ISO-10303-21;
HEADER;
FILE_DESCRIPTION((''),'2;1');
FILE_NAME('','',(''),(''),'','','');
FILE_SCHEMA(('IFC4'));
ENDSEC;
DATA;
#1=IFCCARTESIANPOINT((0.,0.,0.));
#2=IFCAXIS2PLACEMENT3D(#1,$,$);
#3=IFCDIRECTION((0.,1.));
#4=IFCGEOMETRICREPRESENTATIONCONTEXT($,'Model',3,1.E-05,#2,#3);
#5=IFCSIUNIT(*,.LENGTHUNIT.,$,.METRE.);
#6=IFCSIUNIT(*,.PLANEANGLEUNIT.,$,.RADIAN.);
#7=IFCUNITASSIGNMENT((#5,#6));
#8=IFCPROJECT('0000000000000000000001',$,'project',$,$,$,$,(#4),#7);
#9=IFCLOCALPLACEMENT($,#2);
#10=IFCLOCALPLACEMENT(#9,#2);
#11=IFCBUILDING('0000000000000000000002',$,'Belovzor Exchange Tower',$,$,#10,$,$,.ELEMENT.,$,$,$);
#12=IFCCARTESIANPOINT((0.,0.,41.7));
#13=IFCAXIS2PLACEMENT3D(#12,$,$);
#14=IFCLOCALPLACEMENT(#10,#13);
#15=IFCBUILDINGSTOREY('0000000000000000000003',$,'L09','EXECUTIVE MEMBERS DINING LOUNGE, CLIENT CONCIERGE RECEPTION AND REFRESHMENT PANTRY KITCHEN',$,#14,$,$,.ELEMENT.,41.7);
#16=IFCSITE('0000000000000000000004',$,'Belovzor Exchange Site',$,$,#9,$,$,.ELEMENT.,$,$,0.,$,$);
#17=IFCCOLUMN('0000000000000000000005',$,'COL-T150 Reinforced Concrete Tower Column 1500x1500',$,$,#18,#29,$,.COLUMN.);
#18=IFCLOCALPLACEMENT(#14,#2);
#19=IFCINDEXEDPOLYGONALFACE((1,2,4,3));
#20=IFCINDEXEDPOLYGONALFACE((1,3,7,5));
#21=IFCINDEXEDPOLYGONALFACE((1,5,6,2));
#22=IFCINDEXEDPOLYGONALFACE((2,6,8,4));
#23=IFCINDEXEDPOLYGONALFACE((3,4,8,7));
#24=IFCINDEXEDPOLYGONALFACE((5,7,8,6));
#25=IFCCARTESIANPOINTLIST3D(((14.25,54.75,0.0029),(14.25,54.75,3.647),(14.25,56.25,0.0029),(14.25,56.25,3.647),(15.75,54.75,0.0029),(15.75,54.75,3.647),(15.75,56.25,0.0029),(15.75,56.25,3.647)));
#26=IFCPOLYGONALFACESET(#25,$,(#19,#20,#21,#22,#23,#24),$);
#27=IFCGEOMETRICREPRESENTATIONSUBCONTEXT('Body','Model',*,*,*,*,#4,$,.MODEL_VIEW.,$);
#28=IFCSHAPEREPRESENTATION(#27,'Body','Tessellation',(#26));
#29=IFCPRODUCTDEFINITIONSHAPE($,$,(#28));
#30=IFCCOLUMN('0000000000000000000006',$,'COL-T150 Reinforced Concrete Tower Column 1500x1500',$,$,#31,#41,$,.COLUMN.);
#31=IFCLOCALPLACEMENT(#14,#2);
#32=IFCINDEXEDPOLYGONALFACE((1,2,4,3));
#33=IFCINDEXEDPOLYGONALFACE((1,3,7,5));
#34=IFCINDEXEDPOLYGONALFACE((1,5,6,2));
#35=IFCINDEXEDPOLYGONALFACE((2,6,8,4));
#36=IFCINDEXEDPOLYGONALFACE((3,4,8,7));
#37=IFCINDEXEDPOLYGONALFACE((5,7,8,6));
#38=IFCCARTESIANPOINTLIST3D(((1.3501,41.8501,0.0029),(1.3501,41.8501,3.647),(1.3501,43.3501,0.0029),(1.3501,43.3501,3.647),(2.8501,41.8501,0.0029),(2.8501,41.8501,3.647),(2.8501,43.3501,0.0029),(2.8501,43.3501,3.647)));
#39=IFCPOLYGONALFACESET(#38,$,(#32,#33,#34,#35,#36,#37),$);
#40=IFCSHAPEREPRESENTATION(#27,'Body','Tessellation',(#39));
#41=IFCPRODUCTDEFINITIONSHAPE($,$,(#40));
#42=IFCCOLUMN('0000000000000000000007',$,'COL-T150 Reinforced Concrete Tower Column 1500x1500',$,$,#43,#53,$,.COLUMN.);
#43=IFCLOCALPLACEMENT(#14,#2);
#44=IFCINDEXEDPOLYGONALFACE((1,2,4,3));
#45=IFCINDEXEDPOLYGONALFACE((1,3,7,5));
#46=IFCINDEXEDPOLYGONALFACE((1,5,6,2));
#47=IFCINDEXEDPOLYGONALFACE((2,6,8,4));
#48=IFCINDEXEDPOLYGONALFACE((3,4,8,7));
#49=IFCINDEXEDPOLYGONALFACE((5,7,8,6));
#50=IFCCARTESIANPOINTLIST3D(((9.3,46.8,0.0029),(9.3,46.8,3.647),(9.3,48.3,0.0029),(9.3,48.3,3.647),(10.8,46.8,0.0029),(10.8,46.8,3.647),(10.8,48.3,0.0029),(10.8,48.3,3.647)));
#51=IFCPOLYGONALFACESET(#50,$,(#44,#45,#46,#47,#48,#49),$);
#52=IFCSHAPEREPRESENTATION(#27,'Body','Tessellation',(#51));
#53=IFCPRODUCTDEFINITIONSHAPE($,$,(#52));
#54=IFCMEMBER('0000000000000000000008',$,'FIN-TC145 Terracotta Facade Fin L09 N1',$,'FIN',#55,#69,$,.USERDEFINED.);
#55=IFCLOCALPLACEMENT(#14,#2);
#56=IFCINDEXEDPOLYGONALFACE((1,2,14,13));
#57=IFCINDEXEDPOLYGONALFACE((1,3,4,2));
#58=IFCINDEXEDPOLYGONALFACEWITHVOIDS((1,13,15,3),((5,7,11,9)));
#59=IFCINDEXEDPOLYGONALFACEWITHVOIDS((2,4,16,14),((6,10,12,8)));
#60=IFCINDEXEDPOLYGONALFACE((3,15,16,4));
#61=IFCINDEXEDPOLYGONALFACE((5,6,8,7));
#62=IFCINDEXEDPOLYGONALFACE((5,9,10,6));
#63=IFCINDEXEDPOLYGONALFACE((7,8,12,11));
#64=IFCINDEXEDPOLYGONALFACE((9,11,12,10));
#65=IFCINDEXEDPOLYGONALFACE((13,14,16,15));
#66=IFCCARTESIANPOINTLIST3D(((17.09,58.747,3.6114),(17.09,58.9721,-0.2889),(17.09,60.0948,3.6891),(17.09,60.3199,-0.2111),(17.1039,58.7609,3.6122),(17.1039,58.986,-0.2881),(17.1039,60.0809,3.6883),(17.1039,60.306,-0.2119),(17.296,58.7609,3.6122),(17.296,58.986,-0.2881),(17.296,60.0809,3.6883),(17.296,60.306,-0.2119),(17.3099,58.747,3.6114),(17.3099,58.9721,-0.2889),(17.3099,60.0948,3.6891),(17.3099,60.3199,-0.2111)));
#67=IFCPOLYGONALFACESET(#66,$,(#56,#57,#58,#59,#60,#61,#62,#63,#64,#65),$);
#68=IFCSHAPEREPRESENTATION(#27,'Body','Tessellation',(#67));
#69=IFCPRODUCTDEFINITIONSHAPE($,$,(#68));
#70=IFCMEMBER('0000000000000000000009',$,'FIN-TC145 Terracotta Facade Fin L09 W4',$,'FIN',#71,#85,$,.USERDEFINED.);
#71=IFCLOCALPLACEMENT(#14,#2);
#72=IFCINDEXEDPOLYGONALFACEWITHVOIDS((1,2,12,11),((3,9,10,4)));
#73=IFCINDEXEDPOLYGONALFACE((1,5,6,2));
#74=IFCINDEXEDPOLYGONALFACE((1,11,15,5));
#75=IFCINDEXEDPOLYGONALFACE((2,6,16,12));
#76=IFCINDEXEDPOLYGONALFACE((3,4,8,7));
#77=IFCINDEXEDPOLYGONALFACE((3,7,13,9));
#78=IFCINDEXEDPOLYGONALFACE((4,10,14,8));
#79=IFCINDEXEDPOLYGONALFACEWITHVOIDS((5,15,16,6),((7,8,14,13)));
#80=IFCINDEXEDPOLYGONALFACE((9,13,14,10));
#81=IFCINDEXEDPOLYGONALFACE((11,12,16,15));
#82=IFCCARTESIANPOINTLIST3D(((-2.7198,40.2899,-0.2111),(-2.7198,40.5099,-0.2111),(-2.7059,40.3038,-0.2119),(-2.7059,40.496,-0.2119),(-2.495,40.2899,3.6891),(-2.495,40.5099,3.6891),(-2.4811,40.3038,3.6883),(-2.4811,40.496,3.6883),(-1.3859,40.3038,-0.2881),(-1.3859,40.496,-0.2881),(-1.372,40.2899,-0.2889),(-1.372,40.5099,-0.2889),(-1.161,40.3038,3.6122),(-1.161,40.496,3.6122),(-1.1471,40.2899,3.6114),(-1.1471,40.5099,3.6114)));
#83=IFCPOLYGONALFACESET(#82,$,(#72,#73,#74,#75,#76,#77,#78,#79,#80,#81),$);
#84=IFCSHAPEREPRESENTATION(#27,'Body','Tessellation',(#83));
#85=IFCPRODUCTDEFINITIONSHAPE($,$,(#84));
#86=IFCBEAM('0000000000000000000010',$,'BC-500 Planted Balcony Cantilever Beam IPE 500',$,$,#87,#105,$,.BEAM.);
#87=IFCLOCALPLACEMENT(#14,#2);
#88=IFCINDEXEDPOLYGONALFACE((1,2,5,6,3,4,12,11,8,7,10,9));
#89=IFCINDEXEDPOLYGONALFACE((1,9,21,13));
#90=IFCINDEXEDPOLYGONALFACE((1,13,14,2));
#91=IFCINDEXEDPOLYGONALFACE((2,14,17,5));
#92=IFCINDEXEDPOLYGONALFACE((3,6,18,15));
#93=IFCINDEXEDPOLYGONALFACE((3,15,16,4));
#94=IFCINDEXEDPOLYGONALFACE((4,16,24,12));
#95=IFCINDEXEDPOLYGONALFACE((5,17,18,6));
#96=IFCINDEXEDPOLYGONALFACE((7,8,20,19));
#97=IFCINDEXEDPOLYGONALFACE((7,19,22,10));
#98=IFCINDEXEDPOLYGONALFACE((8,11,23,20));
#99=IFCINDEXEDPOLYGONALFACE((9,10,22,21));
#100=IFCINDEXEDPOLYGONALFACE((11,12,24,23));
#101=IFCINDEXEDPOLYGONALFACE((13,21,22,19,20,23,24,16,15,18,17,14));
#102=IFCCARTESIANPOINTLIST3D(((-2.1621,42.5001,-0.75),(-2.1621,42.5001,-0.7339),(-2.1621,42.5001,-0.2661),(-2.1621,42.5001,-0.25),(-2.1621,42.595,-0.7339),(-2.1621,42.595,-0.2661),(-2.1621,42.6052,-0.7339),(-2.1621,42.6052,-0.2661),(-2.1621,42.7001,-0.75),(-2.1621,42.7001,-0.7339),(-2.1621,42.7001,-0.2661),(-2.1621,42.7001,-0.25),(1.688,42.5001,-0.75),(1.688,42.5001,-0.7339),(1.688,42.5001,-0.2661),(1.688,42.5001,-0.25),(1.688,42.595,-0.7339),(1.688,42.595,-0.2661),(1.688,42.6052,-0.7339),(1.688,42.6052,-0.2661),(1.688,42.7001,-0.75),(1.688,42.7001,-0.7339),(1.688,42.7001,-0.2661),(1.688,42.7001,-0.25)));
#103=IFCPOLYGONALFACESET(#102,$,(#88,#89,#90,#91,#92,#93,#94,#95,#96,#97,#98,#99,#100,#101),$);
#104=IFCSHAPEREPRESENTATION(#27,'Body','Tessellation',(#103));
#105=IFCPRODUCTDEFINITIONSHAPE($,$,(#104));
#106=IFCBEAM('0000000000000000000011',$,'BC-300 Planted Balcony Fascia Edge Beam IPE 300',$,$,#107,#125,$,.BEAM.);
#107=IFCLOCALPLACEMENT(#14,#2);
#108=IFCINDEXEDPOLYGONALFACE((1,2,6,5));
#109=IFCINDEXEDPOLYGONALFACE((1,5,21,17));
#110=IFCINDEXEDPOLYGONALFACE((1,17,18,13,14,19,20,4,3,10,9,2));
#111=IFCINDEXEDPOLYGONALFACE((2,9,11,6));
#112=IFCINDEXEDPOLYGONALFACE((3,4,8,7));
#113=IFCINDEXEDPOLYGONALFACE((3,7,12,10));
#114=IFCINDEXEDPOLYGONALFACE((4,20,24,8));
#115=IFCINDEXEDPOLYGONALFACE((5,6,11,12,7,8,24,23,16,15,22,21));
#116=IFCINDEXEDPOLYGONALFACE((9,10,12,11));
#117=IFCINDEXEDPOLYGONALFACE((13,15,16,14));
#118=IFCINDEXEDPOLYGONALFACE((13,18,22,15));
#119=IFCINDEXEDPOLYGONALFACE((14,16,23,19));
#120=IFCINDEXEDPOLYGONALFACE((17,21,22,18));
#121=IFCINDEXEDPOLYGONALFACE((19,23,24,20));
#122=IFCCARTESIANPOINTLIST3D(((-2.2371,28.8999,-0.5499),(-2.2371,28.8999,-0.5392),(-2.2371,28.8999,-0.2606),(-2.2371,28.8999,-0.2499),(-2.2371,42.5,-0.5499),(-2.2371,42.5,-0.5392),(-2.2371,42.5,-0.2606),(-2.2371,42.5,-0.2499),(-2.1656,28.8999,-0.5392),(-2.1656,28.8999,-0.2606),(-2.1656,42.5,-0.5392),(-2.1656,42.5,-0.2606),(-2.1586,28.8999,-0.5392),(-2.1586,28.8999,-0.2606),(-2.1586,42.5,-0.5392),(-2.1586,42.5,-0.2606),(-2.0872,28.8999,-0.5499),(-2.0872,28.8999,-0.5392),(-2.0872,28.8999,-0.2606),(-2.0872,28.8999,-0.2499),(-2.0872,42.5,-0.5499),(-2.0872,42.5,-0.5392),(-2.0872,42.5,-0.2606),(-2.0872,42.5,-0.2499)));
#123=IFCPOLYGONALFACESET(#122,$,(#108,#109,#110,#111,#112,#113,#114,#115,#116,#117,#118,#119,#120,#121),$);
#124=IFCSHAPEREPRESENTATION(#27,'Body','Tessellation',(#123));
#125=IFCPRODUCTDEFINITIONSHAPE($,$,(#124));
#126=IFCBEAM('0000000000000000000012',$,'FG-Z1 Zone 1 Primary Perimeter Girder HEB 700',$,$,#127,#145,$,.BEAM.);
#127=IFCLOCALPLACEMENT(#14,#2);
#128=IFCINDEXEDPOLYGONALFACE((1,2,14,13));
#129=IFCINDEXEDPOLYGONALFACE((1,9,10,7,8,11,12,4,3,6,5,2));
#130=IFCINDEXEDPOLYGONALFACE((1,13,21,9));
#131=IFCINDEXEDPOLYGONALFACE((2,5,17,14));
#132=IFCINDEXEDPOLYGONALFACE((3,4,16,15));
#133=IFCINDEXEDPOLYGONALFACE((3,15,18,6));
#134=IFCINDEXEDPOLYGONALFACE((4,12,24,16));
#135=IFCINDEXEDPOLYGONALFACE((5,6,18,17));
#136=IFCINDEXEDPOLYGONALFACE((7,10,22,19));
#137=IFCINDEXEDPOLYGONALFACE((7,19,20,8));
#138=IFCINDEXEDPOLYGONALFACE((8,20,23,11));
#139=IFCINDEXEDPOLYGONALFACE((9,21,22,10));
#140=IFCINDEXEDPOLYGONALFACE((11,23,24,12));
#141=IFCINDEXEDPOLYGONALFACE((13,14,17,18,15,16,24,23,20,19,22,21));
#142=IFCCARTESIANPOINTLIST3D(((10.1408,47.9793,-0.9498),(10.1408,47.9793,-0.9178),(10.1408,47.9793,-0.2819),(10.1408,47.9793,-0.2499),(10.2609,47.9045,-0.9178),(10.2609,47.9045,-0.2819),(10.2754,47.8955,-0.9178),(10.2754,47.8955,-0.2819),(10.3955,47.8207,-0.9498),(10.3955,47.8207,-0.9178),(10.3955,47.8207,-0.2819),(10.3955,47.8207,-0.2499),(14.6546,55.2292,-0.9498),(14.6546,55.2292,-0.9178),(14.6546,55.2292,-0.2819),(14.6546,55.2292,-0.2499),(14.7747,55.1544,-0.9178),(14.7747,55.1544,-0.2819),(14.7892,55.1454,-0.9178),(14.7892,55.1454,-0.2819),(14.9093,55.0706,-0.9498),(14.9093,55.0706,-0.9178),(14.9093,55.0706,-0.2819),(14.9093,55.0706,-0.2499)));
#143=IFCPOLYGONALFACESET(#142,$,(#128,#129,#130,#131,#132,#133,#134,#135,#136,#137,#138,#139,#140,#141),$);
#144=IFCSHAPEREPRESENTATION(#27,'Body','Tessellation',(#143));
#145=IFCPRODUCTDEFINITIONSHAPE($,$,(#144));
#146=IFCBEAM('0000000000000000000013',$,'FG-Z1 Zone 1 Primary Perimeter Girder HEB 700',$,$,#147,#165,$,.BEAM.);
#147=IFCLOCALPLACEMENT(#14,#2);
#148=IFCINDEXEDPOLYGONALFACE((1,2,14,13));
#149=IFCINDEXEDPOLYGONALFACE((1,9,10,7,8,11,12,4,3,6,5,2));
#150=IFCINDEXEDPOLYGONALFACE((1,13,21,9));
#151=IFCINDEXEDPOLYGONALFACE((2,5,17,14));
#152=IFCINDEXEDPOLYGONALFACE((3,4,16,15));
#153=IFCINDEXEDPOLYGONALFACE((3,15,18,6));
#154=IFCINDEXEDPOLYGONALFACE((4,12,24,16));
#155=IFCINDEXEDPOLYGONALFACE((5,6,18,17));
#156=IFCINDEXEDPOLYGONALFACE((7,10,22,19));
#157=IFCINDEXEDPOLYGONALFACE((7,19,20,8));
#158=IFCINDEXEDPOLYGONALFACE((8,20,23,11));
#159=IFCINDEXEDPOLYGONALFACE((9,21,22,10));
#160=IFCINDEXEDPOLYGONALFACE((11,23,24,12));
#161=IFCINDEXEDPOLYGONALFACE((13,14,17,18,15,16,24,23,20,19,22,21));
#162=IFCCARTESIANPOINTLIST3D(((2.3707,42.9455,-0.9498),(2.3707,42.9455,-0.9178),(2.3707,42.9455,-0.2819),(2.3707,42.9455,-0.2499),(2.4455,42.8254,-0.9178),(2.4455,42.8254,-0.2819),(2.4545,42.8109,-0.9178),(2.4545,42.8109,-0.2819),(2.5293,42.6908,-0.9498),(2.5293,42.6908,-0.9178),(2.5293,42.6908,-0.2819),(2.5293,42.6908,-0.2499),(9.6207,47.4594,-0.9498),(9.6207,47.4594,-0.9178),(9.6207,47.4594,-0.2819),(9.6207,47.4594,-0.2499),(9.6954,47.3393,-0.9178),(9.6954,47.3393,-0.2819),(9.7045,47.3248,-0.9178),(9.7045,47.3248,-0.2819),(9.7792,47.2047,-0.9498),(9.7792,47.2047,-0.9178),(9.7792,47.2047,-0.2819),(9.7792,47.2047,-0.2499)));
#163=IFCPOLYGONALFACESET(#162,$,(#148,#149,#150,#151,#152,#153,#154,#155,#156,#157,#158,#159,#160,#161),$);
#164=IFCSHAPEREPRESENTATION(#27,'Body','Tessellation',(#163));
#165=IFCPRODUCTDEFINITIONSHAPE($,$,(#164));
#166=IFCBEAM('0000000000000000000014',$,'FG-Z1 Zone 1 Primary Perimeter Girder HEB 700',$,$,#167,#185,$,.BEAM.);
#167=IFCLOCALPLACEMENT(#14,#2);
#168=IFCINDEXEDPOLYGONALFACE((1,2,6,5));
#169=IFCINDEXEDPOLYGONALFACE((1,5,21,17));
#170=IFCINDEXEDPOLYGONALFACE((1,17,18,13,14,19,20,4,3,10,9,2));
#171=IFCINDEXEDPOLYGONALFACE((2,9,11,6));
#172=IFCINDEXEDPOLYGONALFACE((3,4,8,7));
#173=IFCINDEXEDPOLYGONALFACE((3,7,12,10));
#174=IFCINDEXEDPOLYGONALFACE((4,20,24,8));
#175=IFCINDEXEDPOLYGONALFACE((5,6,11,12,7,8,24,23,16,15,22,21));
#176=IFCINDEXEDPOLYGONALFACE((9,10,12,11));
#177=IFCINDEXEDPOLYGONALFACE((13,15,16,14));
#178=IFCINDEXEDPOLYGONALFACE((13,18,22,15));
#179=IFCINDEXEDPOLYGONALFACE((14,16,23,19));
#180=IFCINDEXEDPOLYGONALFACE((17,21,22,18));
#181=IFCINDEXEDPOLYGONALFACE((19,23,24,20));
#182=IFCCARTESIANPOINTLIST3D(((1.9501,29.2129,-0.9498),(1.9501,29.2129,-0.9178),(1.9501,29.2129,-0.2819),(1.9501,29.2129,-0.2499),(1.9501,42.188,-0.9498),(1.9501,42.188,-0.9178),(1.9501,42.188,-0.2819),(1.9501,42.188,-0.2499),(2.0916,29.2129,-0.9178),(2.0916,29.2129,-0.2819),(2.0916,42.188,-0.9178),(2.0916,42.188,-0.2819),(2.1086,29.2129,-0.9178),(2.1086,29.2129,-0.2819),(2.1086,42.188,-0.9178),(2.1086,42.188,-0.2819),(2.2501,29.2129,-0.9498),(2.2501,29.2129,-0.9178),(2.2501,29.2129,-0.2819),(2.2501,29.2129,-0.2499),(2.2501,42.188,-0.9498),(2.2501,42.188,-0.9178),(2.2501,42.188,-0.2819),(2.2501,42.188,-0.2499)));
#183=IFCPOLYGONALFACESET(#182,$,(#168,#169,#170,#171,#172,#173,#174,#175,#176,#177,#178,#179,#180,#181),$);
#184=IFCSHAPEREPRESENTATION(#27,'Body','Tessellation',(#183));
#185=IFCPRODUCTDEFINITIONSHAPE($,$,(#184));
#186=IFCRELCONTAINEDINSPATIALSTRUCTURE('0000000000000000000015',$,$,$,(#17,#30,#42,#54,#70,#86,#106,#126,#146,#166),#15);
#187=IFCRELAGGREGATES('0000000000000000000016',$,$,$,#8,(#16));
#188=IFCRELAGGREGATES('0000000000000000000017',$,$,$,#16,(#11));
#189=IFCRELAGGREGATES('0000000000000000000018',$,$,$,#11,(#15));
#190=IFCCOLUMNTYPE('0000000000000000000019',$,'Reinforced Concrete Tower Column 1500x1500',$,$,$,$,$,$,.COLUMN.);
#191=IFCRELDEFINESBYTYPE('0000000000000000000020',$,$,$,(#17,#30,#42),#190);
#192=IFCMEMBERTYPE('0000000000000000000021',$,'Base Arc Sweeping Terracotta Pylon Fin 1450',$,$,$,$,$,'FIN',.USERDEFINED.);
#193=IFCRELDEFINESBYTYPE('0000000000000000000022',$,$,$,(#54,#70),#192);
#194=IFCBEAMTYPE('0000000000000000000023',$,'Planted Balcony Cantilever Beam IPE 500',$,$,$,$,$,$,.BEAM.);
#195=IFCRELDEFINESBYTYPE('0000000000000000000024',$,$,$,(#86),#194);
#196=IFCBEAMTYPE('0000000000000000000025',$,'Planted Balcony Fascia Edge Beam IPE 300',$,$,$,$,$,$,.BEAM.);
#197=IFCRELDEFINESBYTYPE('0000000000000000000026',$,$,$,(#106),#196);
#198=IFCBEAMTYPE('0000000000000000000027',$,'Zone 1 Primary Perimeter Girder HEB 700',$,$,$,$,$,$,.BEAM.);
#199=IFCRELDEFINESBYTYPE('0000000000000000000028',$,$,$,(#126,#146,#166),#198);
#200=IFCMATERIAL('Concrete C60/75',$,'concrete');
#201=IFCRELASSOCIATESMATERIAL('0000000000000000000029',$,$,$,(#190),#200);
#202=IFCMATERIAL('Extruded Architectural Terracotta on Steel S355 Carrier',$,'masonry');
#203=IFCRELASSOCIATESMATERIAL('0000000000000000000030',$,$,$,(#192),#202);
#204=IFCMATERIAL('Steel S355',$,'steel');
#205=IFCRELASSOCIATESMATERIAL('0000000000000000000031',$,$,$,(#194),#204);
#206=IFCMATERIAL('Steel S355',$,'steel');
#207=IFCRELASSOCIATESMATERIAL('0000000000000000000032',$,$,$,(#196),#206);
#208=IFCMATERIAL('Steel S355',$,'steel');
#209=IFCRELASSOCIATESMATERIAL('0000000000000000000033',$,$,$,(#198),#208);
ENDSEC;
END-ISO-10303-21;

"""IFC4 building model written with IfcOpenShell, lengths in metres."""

from ifc_helpers import new_model, si_unit, direction, frame, origin, origin_2d, place, context, subcontext, project, spatial, rectangle, hollow_rectangle, i_section, extrude, material, material_profile, profile_set, type_object, element, save


model = new_model("IFC4")

# Units and contexts
model_context = context("Model", 3, precision=1e-05, world=origin(), true_north=direction((0.0, 1.0)))
body_context = subcontext(model_context, "Body", "Model", "MODEL_VIEW")
ifc_project = project(units=[si_unit("LENGTHUNIT", "METRE"), si_unit("PLANEANGLEUNIT", "RADIAN")], contexts=[model_context])

# Site, building, storey
site_placement = place(None, origin())
site = spatial("IfcSite", under=ifc_project, at=site_placement, Name="Belovzor Exchange Site", CompositionType="ELEMENT", RefElevation=0.0)
building_placement = place(site_placement, origin())
building = spatial("IfcBuilding", under=site, at=building_placement, Name="Belovzor Exchange Tower", CompositionType="ELEMENT")
storey_placement = place(building_placement, frame((0.0, 0.0, 41.7)))
storey = spatial("IfcBuildingStorey", under=building, at=storey_placement, Name="L09", Description="EXECUTIVE MEMBERS DINING LOUNGE, CLIENT CONCIERGE RECEPTION AND REFRESHMENT PANTRY KITCHEN", CompositionType="ELEMENT", Elevation=41.7)

# Columns
ifc_material_1 = material(Name="Concrete C60/75", Category="concrete")
ifc_material_profile_1 = material_profile(ifc_material_1, rectangle(XDim=1.5, YDim=1.5, at=origin_2d()))
ifc_profile_set_1 = profile_set([ifc_material_profile_1], Name="Concrete C60/75")
column_type = type_object("IfcColumnType", Name="Reinforced Concrete Tower Column 1500x1500", PredefinedType="COLUMN", material=ifc_profile_set_1)
for number, where, z_axis, x_axis, name in (
    (1, (15.0, 55.5, 0.0029), (0.0, 0.0, 1.0), (1.0, 0.0, 0.0), "COL-T150 Reinforced Concrete Tower Column 1500x1500"),
    (2, (2.1001, 42.6001, 0.0029), (0.0, 0.0, 1.0), (1.0, 0.0, 0.0), "COL-T150 Reinforced Concrete Tower Column 1500x1500"),
    (3, (10.05, 47.55, 0.0029), (0.0, 0.0, 1.0), (1.0, 0.0, 0.0), "COL-T150 Reinforced Concrete Tower Column 1500x1500"),
):
    element("IfcColumn", number, at=place(storey_placement, frame(where, z_axis=z_axis, x_axis=x_axis)), inside=storey, type_object=column_type, Name=name, PredefinedType="COLUMN", context=body_context, shape_type="SweptSolid", body=[
        extrude(rectangle(XDim=1.5, YDim=1.5, at=origin_2d()), origin(), (0.0, 0.0, 1.0), 3.644),
    ])

# Members
ifc_material_2 = material(Name="Extruded Architectural Terracotta on Steel S355 Carrier", Category="masonry")
ifc_material_profile_2 = material_profile(ifc_material_2, hollow_rectangle(XDim=0.22, YDim=1.3501, WallThickness=0.0139, at=origin_2d()))
ifc_profile_set_2 = profile_set([ifc_material_profile_2], Name="Extruded Architectural Terracotta on Steel S355 Carrier")
member_type = type_object("IfcMemberType", Name="Base Arc Sweeping Terracotta Pylon Fin 1450", ElementType="FIN", PredefinedType="USERDEFINED", material=ifc_profile_set_2)
for number, where, z_axis, x_axis, name in (
    (4, (17.2, 59.646, -0.25), (0.0, -0.057619, 0.998339), (1.0, 0.0, 0.0), "FIN-TC145 Terracotta Facade Fin L09 N1"),
    (5, (-2.0459, 40.3999, -0.25), (0.057557, 0.0, 0.998342), (0.0, 1.0, 0.0), "FIN-TC145 Terracotta Facade Fin L09 W4"),
):
    element("IfcMember", number, at=place(storey_placement, frame(where, z_axis=z_axis, x_axis=x_axis)), inside=storey, type_object=member_type, Name=name, ObjectType="FIN", PredefinedType="USERDEFINED", context=body_context, shape_type="SweptSolid", body=[
        extrude(hollow_rectangle(XDim=0.22, YDim=1.3501, WallThickness=0.0139, at=origin_2d()), origin(), (0.0, 0.0, 1.0), 3.9067),
    ])

# Beams
ifc_material_3 = material(Name="Steel S355", Category="steel")
ifc_material_profile_3 = material_profile(ifc_material_3, i_section(OverallWidth=0.2, OverallDepth=0.5, WebThickness=0.0103, FlangeThickness=0.0161, at=origin_2d()))
ifc_profile_set_3 = profile_set([ifc_material_profile_3], Name="Steel S355")
beam_type_1 = type_object("IfcBeamType", Name="Planted Balcony Cantilever Beam IPE 500", PredefinedType="BEAM", material=ifc_profile_set_3)
beam_1_placement = place(storey_placement, frame((1.688, 42.6001, -0.5), z_axis=(-1.0, 0.0, 0.0), x_axis=(0.0, -1.0, 0.0)))
element("IfcBeam", 6, at=beam_1_placement, inside=storey, type_object=beam_type_1, Name="BC-500 Planted Balcony Cantilever Beam IPE 500", PredefinedType="BEAM", context=body_context, shape_type="SweptSolid", body=[
    extrude(i_section(OverallWidth=0.2, OverallDepth=0.5, WebThickness=0.0103, FlangeThickness=0.0161, at=origin_2d()), origin(), (0.0, 0.0, 1.0), 3.8501),
])
ifc_material_4 = material(Name="Steel S355", Category="steel")
ifc_material_profile_4 = material_profile(ifc_material_4, i_section(OverallWidth=0.1499, OverallDepth=0.3, WebThickness=0.0071, FlangeThickness=0.0107, at=origin_2d()))
ifc_profile_set_4 = profile_set([ifc_material_profile_4], Name="Steel S355")
beam_type_2 = type_object("IfcBeamType", Name="Planted Balcony Fascia Edge Beam IPE 300", PredefinedType="BEAM", material=ifc_profile_set_4)
beam_2_placement = place(storey_placement, frame((-2.1621, 42.5, -0.3999), z_axis=(0.0, -1.0, 0.0), x_axis=(1.0, 0.0, 0.0)))
element("IfcBeam", 7, at=beam_2_placement, inside=storey, type_object=beam_type_2, Name="BC-300 Planted Balcony Fascia Edge Beam IPE 300", PredefinedType="BEAM", context=body_context, shape_type="SweptSolid", body=[
    extrude(i_section(OverallWidth=0.1499, OverallDepth=0.3, WebThickness=0.0071, FlangeThickness=0.0107, at=origin_2d()), origin(), (0.0, 0.0, 1.0), 13.6001),
])
ifc_material_5 = material(Name="Steel S355", Category="steel")
ifc_material_profile_5 = material_profile(ifc_material_5, i_section(OverallWidth=0.3, OverallDepth=0.7, WebThickness=0.0171, FlangeThickness=0.032, at=origin_2d()))
ifc_profile_set_5 = profile_set([ifc_material_profile_5], Name="Steel S355")
beam_type_3 = type_object("IfcBeamType", Name="Zone 1 Primary Perimeter Girder HEB 700", PredefinedType="BEAM", material=ifc_profile_set_5)
for number, where, z_axis, x_axis, name in (
    (8, (14.782, 55.1499, -0.5999), (-0.528539, -0.848909, 0.0), (0.848909, -0.528539, 0.0), "FG-Z1 Zone 1 Primary Perimeter Girder HEB 700"),
    (9, (9.7, 47.332, -0.5999), (-0.848909, -0.528539, 0.0), (0.528539, -0.848909, 0.0), "FG-Z1 Zone 1 Primary Perimeter Girder HEB 700"),
):
    element("IfcBeam", number, at=place(storey_placement, frame(where, z_axis=z_axis, x_axis=x_axis)), inside=storey, type_object=beam_type_3, Name=name, PredefinedType="BEAM", context=body_context, shape_type="SweptSolid", body=[
        extrude(i_section(OverallWidth=0.3, OverallDepth=0.7, WebThickness=0.0171, FlangeThickness=0.032, at=origin_2d()), origin(), (0.0, 0.0, 1.0), 8.5403),
    ])
beam_3_placement = place(storey_placement, frame((2.1001, 42.188, -0.5999), z_axis=(0.0, -1.0, 0.0), x_axis=(1.0, 0.0, 0.0)))
element("IfcBeam", 10, at=beam_3_placement, inside=storey, type_object=beam_type_3, Name="FG-Z1 Zone 1 Primary Perimeter Girder HEB 700", PredefinedType="BEAM", context=body_context, shape_type="SweptSolid", body=[
    extrude(i_section(OverallWidth=0.3, OverallDepth=0.7, WebThickness=0.0171, FlangeThickness=0.032, at=origin_2d()), origin(), (0.0, 0.0, 1.0), 12.9751),
])

save(model, "model.ifc")
